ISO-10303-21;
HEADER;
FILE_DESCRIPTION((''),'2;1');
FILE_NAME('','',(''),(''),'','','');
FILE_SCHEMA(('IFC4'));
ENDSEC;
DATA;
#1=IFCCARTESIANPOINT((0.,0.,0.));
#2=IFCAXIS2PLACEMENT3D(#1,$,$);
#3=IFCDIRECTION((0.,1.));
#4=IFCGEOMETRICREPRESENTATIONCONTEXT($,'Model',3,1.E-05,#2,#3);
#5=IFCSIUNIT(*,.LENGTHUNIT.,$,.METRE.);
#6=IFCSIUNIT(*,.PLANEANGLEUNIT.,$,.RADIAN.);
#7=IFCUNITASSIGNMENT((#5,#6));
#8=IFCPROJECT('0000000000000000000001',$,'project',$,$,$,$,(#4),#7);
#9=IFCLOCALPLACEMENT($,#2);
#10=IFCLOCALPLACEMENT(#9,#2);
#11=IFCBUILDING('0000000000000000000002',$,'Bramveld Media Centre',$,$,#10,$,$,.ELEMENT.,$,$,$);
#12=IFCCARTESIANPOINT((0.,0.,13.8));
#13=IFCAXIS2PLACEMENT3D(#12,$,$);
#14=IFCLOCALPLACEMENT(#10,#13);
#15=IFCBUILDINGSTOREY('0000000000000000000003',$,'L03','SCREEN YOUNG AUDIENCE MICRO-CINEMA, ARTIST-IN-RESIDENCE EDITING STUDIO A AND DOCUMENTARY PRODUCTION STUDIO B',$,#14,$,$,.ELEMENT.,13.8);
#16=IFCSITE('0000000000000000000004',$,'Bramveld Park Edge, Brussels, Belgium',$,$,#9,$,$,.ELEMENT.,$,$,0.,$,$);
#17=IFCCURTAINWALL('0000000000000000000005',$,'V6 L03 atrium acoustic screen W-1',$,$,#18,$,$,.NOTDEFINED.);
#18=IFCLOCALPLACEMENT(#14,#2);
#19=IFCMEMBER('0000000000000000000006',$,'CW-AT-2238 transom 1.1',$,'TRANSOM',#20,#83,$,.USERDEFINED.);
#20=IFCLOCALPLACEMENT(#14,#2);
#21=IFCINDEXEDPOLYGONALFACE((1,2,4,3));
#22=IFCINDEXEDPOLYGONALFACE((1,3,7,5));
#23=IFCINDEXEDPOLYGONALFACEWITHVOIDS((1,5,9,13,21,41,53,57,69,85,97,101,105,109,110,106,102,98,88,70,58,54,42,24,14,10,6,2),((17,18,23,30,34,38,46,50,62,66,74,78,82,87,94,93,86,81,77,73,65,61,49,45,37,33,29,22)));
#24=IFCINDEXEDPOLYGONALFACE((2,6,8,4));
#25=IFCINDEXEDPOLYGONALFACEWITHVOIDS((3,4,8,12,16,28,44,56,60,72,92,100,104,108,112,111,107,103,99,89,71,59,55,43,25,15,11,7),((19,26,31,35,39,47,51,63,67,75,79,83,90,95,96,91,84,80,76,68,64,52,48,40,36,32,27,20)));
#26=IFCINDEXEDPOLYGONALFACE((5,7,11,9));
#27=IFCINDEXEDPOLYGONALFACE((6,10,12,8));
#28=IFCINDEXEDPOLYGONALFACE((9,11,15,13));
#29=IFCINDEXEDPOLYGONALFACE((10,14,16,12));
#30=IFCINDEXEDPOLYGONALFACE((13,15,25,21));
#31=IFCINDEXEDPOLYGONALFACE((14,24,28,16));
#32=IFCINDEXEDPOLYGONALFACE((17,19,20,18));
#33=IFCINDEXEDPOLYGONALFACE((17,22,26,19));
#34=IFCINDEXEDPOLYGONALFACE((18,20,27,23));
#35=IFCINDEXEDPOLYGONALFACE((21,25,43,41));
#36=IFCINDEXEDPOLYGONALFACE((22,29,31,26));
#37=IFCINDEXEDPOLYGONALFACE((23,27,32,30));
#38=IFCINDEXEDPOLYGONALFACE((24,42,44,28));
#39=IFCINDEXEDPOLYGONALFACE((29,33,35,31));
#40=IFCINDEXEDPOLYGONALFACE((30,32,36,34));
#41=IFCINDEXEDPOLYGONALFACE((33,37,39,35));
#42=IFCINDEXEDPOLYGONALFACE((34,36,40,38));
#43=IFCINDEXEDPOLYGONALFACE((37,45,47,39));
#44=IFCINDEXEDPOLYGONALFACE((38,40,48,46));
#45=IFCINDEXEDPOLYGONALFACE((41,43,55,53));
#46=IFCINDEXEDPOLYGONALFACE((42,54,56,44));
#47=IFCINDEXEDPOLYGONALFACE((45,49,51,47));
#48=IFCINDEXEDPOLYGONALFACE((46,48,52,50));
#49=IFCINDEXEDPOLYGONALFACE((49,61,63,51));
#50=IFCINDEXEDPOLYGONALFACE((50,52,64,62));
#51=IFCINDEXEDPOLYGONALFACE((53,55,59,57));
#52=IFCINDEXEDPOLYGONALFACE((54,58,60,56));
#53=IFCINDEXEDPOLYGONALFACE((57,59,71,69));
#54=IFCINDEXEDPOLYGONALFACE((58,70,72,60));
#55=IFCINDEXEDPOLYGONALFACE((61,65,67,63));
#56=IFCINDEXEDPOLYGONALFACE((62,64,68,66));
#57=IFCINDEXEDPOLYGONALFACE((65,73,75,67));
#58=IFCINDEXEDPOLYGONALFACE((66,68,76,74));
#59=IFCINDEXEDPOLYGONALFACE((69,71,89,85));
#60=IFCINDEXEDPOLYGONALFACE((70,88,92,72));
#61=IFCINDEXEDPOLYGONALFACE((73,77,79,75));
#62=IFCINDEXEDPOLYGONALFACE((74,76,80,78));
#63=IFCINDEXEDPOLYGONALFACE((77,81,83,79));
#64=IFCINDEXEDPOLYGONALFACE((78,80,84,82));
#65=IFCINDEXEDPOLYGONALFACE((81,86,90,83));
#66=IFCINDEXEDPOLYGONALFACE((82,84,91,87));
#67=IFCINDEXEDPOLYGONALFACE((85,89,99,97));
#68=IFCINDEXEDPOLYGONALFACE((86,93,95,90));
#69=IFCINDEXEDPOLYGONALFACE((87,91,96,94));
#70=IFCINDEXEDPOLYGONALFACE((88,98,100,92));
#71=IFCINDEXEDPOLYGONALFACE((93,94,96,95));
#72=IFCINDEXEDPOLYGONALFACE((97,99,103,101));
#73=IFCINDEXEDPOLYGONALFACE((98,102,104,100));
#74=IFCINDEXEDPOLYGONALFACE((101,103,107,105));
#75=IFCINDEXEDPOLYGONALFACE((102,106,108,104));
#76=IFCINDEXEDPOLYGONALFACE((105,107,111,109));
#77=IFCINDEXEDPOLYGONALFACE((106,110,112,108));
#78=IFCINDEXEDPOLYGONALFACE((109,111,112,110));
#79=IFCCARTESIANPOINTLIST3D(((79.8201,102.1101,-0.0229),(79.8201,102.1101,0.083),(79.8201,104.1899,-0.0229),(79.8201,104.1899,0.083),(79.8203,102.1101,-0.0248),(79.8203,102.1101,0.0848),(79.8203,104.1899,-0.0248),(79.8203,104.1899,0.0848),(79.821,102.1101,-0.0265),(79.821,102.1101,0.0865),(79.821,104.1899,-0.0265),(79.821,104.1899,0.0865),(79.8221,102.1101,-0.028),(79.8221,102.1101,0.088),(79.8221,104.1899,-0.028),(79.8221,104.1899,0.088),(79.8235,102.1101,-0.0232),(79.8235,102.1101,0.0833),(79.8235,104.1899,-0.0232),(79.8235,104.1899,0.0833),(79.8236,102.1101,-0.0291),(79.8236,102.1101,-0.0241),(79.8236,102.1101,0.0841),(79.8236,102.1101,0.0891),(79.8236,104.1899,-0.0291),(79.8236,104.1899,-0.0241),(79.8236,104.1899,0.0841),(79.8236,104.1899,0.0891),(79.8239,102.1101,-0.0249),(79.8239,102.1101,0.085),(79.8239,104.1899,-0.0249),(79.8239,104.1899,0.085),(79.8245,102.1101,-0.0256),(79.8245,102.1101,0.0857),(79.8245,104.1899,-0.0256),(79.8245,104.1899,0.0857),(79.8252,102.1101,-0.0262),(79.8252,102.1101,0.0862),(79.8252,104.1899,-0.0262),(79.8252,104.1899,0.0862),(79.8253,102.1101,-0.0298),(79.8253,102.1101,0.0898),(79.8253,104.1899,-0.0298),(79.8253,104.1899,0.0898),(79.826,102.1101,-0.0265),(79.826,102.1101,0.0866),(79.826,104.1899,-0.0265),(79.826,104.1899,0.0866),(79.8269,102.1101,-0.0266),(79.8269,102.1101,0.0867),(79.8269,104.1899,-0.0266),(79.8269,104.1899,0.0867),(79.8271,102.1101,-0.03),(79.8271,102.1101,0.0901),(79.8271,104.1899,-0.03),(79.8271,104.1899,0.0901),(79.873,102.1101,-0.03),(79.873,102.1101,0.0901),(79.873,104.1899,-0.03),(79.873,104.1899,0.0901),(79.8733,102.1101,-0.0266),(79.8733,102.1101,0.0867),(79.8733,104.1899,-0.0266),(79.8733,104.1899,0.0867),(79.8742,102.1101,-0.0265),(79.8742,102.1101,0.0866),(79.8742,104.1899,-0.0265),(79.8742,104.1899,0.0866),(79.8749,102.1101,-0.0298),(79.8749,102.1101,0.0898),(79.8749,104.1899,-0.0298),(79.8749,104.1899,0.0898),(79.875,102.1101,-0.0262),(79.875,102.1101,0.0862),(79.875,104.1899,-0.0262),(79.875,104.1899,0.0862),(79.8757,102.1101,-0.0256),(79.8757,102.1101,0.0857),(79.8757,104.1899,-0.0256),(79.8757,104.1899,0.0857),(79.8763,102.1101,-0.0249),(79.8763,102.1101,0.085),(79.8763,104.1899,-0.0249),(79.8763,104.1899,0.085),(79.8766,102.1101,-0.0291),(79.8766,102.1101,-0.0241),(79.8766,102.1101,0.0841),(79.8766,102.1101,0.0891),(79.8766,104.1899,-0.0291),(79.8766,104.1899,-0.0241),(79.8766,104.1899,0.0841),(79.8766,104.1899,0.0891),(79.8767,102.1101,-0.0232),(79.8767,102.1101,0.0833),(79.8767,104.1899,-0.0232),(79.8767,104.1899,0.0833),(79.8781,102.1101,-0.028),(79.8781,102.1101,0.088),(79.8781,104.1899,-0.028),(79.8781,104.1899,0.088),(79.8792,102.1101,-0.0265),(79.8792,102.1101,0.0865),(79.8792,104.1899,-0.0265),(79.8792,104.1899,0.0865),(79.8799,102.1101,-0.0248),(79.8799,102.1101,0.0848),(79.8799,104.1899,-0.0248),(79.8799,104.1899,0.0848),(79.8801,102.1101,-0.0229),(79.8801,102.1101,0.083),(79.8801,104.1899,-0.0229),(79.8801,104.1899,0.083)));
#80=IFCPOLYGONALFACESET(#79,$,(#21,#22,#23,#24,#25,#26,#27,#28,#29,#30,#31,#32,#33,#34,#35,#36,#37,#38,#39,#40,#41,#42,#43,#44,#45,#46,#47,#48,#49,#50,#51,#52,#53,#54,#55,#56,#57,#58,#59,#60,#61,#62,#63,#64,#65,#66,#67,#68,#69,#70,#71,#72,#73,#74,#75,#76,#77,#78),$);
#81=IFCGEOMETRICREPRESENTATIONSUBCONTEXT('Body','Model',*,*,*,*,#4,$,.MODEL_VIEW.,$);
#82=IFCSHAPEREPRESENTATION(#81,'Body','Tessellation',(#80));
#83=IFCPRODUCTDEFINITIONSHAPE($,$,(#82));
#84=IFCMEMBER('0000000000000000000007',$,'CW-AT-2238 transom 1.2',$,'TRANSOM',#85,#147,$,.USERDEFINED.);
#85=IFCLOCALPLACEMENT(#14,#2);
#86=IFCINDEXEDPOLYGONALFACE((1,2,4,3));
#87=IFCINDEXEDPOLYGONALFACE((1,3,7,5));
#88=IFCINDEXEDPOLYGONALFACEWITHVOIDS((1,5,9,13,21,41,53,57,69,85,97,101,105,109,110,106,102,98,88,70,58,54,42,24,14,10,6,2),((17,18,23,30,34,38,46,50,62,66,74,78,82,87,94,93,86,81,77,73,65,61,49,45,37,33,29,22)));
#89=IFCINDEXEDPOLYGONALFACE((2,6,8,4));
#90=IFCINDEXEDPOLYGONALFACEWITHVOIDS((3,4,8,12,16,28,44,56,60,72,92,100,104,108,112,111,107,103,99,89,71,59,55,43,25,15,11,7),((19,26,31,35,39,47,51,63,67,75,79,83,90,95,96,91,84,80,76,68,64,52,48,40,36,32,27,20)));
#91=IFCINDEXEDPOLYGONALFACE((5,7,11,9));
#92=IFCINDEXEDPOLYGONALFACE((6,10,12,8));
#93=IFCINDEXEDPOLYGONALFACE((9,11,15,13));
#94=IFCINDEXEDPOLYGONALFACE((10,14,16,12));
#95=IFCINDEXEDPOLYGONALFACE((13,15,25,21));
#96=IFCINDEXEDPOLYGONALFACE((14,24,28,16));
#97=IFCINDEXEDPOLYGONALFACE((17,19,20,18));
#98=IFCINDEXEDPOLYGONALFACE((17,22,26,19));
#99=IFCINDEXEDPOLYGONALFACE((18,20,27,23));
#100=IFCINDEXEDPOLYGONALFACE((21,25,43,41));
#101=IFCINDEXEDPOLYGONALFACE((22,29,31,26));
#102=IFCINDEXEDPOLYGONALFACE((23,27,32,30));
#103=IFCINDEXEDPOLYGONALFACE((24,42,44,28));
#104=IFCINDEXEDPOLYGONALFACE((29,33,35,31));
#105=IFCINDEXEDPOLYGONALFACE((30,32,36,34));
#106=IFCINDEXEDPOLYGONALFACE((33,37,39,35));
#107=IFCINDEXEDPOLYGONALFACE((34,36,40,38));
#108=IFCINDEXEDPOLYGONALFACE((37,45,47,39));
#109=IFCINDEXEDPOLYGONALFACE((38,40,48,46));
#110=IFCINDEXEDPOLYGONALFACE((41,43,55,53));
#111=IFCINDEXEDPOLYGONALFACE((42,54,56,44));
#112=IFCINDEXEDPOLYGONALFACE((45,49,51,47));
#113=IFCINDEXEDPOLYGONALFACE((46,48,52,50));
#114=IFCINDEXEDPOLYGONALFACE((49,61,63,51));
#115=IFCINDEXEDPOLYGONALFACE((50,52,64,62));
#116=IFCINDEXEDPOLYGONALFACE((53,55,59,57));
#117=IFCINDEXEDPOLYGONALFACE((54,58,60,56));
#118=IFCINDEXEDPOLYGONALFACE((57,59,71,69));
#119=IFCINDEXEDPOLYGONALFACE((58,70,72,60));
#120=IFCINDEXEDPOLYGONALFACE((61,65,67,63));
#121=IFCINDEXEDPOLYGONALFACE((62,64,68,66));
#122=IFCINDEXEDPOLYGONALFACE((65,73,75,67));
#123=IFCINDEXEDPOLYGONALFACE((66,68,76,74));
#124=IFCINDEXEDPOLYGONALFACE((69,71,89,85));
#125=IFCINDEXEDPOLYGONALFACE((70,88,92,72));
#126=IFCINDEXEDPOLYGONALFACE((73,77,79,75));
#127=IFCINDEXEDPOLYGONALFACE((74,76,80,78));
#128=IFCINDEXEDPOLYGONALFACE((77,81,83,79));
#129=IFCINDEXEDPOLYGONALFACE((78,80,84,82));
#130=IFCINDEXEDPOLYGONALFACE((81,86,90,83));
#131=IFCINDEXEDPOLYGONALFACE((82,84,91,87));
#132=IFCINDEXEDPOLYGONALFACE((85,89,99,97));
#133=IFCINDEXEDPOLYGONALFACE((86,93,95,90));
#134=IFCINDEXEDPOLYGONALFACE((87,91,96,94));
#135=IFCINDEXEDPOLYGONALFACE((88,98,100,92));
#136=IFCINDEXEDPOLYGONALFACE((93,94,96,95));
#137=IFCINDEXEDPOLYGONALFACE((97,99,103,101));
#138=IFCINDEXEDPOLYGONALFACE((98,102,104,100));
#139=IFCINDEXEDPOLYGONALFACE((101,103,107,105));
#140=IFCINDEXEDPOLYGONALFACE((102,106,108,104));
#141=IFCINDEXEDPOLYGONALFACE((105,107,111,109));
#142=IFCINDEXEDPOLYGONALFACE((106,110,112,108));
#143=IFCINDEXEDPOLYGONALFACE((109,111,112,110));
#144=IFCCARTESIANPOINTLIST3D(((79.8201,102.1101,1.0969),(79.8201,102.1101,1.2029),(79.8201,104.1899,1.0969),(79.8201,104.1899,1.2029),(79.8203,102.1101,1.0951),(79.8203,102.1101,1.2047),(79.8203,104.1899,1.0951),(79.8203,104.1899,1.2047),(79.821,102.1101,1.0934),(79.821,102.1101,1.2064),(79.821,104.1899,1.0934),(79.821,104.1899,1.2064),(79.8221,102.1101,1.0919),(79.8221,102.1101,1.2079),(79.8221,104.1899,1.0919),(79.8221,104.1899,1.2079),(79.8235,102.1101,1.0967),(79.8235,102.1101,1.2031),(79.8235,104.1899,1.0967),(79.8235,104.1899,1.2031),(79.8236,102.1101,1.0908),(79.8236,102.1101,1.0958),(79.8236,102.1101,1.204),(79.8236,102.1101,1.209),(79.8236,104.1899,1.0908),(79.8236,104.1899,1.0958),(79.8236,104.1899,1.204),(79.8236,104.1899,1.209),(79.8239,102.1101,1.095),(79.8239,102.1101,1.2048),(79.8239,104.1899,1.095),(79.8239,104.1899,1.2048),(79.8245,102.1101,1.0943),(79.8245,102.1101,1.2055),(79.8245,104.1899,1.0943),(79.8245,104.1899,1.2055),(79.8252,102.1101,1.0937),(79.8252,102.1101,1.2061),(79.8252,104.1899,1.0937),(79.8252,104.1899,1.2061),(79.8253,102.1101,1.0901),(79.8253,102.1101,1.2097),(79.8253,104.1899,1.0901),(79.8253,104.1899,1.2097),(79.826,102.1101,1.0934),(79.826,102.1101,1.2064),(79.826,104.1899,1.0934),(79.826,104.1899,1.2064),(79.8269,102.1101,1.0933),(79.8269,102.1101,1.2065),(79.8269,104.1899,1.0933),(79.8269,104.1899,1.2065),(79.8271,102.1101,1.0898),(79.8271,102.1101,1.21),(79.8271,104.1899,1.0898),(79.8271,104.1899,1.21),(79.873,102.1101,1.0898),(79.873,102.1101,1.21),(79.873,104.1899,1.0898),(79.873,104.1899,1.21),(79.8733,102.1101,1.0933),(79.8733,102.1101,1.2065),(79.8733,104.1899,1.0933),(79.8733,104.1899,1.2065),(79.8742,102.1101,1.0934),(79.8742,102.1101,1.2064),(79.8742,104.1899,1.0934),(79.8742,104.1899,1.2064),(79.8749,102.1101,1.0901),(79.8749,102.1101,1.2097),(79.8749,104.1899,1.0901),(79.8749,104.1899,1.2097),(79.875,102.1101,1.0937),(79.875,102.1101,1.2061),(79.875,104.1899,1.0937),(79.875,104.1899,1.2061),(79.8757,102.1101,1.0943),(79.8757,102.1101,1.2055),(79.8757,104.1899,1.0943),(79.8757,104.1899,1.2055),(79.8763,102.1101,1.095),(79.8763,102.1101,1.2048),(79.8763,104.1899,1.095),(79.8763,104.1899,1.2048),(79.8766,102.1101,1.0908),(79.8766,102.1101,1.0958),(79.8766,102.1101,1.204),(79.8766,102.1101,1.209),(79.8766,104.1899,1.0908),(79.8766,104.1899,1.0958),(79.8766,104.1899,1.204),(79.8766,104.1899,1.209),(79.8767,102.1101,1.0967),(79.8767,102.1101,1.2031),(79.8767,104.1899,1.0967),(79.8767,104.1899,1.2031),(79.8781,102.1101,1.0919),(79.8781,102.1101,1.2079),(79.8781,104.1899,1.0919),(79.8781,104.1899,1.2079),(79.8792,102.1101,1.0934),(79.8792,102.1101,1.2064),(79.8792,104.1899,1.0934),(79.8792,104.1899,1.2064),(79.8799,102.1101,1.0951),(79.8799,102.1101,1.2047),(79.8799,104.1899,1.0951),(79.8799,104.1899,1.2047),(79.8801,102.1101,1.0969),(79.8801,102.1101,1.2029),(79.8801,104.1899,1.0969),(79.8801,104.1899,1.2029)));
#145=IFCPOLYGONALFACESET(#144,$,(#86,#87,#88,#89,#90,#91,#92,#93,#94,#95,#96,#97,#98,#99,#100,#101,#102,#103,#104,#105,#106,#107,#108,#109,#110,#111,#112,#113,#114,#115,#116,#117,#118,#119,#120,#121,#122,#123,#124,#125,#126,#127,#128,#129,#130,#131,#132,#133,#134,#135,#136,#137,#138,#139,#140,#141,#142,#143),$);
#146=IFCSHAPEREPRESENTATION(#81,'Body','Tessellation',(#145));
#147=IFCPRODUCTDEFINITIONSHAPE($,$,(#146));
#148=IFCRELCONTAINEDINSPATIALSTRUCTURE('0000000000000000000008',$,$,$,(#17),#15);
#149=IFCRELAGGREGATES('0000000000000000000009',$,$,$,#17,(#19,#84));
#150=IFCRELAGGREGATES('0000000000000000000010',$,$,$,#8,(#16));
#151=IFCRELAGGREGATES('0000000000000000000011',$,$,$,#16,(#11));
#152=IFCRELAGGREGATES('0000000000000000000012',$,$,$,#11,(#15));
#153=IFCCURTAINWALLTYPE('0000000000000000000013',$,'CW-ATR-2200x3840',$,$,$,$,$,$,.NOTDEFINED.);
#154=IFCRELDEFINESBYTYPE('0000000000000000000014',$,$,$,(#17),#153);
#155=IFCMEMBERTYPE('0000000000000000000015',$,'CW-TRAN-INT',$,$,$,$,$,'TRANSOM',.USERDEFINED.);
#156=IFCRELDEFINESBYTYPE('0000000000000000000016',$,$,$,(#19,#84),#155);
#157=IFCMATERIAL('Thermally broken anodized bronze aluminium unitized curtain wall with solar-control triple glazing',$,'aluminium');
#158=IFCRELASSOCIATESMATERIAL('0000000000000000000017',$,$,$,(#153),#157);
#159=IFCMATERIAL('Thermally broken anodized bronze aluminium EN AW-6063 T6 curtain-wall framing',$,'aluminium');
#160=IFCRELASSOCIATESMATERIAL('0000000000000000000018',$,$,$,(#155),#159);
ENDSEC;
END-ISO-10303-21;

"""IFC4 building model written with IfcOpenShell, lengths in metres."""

from ifc_helpers import new_model, si_unit, direction, frame, origin, origin_2d, place, context, subcontext, project, spatial, hollow_rectangle, extrude, material, material_profile, profile_set, type_object, element, aggregate, save


model = new_model("IFC4")

# Units and contexts
model_context = context("Model", 3, precision=1e-05, world=origin(), true_north=direction((0.0, 1.0)))
body_context = subcontext(model_context, "Body", "Model", "MODEL_VIEW")
ifc_project = project(units=[si_unit("LENGTHUNIT", "METRE"), si_unit("PLANEANGLEUNIT", "RADIAN")], contexts=[model_context])

# Site, building, storey
site_placement = place(None, origin())
site = spatial("IfcSite", under=ifc_project, at=site_placement, Name="Bramveld Park Edge, Brussels, Belgium", CompositionType="ELEMENT", RefElevation=0.0)
building_placement = place(site_placement, origin())
building = spatial("IfcBuilding", under=site, at=building_placement, Name="Bramveld Media Centre", CompositionType="ELEMENT")
storey_placement = place(building_placement, frame((0.0, 0.0, 13.8)))
storey = spatial("IfcBuildingStorey", under=building, at=storey_placement, Name="L03", Description="SCREEN YOUNG AUDIENCE MICRO-CINEMA, ARTIST-IN-RESIDENCE EDITING STUDIO A AND DOCUMENTARY PRODUCTION STUDIO B", CompositionType="ELEMENT", Elevation=13.8)

# Curtain wall
ifc_material_1 = material(Name="Thermally broken anodized bronze aluminium unitized curtain wall with solar-control triple glazing", Category="aluminium")
curtain_wall_type_1 = type_object("IfcCurtainWallType", Name="CW-ATR-2200x3840", PredefinedType="NOTDEFINED", material=ifc_material_1)
curtain_wall_1_placement = place(storey_placement, origin())
curtain_wall_1 = element("IfcCurtainWall", 1, at=curtain_wall_1_placement, inside=storey, type_object=curtain_wall_type_1, Name="V6 L03 atrium acoustic screen W-1", PredefinedType="NOTDEFINED")

# Members
ifc_material_2 = material(Name="Thermally broken anodized bronze aluminium EN AW-6063 T6 curtain-wall framing", Category="aluminium")
ifc_material_profile_1 = material_profile(ifc_material_2, hollow_rectangle(XDim=0.0601, YDim=0.1201, WallThickness=0.0034, InnerFilletRadius=0.0034, OuterFilletRadius=0.0071, at=origin_2d()), Name="AL-TRAN 60x120")
ifc_profile_set_1 = profile_set([ifc_material_profile_1], Name="Thermally broken anodized bronze aluminium EN AW-6063 T6 curtain-wall framing")
member_type_1 = type_object("IfcMemberType", Name="CW-TRAN-INT", ElementType="TRANSOM", PredefinedType="USERDEFINED", material=ifc_profile_set_1)
member_1_placement = place(storey_placement, frame((79.8501, 102.1101, 0.03), z_axis=(0.0, 1.0, 0.0), x_axis=(-1.0, 0.0, 0.0)))
member_1 = element("IfcMember", 2, at=member_1_placement, type_object=member_type_1, Name="CW-AT-2238 transom 1.1", ObjectType="TRANSOM", PredefinedType="USERDEFINED", context=body_context, shape_type="SweptSolid", body=[
    extrude(hollow_rectangle(XDim=0.0601, YDim=0.1201, WallThickness=0.0034, InnerFilletRadius=0.0034, OuterFilletRadius=0.0071, at=origin_2d()), origin(), (0.0, 0.0, 1.0), 2.0798),
])
member_2_placement = place(storey_placement, frame((79.8501, 102.1101, 1.1499), z_axis=(0.0, 1.0, 0.0), x_axis=(-1.0, 0.0, 0.0)))
member_2 = element("IfcMember", 3, at=member_2_placement, type_object=member_type_1, Name="CW-AT-2238 transom 1.2", ObjectType="TRANSOM", PredefinedType="USERDEFINED", context=body_context, shape_type="SweptSolid", body=[
    extrude(hollow_rectangle(XDim=0.0601, YDim=0.1201, WallThickness=0.0034, InnerFilletRadius=0.0034, OuterFilletRadius=0.0071, at=origin_2d()), origin(), (0.0, 0.0, 1.0), 2.0798),
])

aggregate(curtain_wall_1, [member_1, member_2])

save(model, "model.ifc")
